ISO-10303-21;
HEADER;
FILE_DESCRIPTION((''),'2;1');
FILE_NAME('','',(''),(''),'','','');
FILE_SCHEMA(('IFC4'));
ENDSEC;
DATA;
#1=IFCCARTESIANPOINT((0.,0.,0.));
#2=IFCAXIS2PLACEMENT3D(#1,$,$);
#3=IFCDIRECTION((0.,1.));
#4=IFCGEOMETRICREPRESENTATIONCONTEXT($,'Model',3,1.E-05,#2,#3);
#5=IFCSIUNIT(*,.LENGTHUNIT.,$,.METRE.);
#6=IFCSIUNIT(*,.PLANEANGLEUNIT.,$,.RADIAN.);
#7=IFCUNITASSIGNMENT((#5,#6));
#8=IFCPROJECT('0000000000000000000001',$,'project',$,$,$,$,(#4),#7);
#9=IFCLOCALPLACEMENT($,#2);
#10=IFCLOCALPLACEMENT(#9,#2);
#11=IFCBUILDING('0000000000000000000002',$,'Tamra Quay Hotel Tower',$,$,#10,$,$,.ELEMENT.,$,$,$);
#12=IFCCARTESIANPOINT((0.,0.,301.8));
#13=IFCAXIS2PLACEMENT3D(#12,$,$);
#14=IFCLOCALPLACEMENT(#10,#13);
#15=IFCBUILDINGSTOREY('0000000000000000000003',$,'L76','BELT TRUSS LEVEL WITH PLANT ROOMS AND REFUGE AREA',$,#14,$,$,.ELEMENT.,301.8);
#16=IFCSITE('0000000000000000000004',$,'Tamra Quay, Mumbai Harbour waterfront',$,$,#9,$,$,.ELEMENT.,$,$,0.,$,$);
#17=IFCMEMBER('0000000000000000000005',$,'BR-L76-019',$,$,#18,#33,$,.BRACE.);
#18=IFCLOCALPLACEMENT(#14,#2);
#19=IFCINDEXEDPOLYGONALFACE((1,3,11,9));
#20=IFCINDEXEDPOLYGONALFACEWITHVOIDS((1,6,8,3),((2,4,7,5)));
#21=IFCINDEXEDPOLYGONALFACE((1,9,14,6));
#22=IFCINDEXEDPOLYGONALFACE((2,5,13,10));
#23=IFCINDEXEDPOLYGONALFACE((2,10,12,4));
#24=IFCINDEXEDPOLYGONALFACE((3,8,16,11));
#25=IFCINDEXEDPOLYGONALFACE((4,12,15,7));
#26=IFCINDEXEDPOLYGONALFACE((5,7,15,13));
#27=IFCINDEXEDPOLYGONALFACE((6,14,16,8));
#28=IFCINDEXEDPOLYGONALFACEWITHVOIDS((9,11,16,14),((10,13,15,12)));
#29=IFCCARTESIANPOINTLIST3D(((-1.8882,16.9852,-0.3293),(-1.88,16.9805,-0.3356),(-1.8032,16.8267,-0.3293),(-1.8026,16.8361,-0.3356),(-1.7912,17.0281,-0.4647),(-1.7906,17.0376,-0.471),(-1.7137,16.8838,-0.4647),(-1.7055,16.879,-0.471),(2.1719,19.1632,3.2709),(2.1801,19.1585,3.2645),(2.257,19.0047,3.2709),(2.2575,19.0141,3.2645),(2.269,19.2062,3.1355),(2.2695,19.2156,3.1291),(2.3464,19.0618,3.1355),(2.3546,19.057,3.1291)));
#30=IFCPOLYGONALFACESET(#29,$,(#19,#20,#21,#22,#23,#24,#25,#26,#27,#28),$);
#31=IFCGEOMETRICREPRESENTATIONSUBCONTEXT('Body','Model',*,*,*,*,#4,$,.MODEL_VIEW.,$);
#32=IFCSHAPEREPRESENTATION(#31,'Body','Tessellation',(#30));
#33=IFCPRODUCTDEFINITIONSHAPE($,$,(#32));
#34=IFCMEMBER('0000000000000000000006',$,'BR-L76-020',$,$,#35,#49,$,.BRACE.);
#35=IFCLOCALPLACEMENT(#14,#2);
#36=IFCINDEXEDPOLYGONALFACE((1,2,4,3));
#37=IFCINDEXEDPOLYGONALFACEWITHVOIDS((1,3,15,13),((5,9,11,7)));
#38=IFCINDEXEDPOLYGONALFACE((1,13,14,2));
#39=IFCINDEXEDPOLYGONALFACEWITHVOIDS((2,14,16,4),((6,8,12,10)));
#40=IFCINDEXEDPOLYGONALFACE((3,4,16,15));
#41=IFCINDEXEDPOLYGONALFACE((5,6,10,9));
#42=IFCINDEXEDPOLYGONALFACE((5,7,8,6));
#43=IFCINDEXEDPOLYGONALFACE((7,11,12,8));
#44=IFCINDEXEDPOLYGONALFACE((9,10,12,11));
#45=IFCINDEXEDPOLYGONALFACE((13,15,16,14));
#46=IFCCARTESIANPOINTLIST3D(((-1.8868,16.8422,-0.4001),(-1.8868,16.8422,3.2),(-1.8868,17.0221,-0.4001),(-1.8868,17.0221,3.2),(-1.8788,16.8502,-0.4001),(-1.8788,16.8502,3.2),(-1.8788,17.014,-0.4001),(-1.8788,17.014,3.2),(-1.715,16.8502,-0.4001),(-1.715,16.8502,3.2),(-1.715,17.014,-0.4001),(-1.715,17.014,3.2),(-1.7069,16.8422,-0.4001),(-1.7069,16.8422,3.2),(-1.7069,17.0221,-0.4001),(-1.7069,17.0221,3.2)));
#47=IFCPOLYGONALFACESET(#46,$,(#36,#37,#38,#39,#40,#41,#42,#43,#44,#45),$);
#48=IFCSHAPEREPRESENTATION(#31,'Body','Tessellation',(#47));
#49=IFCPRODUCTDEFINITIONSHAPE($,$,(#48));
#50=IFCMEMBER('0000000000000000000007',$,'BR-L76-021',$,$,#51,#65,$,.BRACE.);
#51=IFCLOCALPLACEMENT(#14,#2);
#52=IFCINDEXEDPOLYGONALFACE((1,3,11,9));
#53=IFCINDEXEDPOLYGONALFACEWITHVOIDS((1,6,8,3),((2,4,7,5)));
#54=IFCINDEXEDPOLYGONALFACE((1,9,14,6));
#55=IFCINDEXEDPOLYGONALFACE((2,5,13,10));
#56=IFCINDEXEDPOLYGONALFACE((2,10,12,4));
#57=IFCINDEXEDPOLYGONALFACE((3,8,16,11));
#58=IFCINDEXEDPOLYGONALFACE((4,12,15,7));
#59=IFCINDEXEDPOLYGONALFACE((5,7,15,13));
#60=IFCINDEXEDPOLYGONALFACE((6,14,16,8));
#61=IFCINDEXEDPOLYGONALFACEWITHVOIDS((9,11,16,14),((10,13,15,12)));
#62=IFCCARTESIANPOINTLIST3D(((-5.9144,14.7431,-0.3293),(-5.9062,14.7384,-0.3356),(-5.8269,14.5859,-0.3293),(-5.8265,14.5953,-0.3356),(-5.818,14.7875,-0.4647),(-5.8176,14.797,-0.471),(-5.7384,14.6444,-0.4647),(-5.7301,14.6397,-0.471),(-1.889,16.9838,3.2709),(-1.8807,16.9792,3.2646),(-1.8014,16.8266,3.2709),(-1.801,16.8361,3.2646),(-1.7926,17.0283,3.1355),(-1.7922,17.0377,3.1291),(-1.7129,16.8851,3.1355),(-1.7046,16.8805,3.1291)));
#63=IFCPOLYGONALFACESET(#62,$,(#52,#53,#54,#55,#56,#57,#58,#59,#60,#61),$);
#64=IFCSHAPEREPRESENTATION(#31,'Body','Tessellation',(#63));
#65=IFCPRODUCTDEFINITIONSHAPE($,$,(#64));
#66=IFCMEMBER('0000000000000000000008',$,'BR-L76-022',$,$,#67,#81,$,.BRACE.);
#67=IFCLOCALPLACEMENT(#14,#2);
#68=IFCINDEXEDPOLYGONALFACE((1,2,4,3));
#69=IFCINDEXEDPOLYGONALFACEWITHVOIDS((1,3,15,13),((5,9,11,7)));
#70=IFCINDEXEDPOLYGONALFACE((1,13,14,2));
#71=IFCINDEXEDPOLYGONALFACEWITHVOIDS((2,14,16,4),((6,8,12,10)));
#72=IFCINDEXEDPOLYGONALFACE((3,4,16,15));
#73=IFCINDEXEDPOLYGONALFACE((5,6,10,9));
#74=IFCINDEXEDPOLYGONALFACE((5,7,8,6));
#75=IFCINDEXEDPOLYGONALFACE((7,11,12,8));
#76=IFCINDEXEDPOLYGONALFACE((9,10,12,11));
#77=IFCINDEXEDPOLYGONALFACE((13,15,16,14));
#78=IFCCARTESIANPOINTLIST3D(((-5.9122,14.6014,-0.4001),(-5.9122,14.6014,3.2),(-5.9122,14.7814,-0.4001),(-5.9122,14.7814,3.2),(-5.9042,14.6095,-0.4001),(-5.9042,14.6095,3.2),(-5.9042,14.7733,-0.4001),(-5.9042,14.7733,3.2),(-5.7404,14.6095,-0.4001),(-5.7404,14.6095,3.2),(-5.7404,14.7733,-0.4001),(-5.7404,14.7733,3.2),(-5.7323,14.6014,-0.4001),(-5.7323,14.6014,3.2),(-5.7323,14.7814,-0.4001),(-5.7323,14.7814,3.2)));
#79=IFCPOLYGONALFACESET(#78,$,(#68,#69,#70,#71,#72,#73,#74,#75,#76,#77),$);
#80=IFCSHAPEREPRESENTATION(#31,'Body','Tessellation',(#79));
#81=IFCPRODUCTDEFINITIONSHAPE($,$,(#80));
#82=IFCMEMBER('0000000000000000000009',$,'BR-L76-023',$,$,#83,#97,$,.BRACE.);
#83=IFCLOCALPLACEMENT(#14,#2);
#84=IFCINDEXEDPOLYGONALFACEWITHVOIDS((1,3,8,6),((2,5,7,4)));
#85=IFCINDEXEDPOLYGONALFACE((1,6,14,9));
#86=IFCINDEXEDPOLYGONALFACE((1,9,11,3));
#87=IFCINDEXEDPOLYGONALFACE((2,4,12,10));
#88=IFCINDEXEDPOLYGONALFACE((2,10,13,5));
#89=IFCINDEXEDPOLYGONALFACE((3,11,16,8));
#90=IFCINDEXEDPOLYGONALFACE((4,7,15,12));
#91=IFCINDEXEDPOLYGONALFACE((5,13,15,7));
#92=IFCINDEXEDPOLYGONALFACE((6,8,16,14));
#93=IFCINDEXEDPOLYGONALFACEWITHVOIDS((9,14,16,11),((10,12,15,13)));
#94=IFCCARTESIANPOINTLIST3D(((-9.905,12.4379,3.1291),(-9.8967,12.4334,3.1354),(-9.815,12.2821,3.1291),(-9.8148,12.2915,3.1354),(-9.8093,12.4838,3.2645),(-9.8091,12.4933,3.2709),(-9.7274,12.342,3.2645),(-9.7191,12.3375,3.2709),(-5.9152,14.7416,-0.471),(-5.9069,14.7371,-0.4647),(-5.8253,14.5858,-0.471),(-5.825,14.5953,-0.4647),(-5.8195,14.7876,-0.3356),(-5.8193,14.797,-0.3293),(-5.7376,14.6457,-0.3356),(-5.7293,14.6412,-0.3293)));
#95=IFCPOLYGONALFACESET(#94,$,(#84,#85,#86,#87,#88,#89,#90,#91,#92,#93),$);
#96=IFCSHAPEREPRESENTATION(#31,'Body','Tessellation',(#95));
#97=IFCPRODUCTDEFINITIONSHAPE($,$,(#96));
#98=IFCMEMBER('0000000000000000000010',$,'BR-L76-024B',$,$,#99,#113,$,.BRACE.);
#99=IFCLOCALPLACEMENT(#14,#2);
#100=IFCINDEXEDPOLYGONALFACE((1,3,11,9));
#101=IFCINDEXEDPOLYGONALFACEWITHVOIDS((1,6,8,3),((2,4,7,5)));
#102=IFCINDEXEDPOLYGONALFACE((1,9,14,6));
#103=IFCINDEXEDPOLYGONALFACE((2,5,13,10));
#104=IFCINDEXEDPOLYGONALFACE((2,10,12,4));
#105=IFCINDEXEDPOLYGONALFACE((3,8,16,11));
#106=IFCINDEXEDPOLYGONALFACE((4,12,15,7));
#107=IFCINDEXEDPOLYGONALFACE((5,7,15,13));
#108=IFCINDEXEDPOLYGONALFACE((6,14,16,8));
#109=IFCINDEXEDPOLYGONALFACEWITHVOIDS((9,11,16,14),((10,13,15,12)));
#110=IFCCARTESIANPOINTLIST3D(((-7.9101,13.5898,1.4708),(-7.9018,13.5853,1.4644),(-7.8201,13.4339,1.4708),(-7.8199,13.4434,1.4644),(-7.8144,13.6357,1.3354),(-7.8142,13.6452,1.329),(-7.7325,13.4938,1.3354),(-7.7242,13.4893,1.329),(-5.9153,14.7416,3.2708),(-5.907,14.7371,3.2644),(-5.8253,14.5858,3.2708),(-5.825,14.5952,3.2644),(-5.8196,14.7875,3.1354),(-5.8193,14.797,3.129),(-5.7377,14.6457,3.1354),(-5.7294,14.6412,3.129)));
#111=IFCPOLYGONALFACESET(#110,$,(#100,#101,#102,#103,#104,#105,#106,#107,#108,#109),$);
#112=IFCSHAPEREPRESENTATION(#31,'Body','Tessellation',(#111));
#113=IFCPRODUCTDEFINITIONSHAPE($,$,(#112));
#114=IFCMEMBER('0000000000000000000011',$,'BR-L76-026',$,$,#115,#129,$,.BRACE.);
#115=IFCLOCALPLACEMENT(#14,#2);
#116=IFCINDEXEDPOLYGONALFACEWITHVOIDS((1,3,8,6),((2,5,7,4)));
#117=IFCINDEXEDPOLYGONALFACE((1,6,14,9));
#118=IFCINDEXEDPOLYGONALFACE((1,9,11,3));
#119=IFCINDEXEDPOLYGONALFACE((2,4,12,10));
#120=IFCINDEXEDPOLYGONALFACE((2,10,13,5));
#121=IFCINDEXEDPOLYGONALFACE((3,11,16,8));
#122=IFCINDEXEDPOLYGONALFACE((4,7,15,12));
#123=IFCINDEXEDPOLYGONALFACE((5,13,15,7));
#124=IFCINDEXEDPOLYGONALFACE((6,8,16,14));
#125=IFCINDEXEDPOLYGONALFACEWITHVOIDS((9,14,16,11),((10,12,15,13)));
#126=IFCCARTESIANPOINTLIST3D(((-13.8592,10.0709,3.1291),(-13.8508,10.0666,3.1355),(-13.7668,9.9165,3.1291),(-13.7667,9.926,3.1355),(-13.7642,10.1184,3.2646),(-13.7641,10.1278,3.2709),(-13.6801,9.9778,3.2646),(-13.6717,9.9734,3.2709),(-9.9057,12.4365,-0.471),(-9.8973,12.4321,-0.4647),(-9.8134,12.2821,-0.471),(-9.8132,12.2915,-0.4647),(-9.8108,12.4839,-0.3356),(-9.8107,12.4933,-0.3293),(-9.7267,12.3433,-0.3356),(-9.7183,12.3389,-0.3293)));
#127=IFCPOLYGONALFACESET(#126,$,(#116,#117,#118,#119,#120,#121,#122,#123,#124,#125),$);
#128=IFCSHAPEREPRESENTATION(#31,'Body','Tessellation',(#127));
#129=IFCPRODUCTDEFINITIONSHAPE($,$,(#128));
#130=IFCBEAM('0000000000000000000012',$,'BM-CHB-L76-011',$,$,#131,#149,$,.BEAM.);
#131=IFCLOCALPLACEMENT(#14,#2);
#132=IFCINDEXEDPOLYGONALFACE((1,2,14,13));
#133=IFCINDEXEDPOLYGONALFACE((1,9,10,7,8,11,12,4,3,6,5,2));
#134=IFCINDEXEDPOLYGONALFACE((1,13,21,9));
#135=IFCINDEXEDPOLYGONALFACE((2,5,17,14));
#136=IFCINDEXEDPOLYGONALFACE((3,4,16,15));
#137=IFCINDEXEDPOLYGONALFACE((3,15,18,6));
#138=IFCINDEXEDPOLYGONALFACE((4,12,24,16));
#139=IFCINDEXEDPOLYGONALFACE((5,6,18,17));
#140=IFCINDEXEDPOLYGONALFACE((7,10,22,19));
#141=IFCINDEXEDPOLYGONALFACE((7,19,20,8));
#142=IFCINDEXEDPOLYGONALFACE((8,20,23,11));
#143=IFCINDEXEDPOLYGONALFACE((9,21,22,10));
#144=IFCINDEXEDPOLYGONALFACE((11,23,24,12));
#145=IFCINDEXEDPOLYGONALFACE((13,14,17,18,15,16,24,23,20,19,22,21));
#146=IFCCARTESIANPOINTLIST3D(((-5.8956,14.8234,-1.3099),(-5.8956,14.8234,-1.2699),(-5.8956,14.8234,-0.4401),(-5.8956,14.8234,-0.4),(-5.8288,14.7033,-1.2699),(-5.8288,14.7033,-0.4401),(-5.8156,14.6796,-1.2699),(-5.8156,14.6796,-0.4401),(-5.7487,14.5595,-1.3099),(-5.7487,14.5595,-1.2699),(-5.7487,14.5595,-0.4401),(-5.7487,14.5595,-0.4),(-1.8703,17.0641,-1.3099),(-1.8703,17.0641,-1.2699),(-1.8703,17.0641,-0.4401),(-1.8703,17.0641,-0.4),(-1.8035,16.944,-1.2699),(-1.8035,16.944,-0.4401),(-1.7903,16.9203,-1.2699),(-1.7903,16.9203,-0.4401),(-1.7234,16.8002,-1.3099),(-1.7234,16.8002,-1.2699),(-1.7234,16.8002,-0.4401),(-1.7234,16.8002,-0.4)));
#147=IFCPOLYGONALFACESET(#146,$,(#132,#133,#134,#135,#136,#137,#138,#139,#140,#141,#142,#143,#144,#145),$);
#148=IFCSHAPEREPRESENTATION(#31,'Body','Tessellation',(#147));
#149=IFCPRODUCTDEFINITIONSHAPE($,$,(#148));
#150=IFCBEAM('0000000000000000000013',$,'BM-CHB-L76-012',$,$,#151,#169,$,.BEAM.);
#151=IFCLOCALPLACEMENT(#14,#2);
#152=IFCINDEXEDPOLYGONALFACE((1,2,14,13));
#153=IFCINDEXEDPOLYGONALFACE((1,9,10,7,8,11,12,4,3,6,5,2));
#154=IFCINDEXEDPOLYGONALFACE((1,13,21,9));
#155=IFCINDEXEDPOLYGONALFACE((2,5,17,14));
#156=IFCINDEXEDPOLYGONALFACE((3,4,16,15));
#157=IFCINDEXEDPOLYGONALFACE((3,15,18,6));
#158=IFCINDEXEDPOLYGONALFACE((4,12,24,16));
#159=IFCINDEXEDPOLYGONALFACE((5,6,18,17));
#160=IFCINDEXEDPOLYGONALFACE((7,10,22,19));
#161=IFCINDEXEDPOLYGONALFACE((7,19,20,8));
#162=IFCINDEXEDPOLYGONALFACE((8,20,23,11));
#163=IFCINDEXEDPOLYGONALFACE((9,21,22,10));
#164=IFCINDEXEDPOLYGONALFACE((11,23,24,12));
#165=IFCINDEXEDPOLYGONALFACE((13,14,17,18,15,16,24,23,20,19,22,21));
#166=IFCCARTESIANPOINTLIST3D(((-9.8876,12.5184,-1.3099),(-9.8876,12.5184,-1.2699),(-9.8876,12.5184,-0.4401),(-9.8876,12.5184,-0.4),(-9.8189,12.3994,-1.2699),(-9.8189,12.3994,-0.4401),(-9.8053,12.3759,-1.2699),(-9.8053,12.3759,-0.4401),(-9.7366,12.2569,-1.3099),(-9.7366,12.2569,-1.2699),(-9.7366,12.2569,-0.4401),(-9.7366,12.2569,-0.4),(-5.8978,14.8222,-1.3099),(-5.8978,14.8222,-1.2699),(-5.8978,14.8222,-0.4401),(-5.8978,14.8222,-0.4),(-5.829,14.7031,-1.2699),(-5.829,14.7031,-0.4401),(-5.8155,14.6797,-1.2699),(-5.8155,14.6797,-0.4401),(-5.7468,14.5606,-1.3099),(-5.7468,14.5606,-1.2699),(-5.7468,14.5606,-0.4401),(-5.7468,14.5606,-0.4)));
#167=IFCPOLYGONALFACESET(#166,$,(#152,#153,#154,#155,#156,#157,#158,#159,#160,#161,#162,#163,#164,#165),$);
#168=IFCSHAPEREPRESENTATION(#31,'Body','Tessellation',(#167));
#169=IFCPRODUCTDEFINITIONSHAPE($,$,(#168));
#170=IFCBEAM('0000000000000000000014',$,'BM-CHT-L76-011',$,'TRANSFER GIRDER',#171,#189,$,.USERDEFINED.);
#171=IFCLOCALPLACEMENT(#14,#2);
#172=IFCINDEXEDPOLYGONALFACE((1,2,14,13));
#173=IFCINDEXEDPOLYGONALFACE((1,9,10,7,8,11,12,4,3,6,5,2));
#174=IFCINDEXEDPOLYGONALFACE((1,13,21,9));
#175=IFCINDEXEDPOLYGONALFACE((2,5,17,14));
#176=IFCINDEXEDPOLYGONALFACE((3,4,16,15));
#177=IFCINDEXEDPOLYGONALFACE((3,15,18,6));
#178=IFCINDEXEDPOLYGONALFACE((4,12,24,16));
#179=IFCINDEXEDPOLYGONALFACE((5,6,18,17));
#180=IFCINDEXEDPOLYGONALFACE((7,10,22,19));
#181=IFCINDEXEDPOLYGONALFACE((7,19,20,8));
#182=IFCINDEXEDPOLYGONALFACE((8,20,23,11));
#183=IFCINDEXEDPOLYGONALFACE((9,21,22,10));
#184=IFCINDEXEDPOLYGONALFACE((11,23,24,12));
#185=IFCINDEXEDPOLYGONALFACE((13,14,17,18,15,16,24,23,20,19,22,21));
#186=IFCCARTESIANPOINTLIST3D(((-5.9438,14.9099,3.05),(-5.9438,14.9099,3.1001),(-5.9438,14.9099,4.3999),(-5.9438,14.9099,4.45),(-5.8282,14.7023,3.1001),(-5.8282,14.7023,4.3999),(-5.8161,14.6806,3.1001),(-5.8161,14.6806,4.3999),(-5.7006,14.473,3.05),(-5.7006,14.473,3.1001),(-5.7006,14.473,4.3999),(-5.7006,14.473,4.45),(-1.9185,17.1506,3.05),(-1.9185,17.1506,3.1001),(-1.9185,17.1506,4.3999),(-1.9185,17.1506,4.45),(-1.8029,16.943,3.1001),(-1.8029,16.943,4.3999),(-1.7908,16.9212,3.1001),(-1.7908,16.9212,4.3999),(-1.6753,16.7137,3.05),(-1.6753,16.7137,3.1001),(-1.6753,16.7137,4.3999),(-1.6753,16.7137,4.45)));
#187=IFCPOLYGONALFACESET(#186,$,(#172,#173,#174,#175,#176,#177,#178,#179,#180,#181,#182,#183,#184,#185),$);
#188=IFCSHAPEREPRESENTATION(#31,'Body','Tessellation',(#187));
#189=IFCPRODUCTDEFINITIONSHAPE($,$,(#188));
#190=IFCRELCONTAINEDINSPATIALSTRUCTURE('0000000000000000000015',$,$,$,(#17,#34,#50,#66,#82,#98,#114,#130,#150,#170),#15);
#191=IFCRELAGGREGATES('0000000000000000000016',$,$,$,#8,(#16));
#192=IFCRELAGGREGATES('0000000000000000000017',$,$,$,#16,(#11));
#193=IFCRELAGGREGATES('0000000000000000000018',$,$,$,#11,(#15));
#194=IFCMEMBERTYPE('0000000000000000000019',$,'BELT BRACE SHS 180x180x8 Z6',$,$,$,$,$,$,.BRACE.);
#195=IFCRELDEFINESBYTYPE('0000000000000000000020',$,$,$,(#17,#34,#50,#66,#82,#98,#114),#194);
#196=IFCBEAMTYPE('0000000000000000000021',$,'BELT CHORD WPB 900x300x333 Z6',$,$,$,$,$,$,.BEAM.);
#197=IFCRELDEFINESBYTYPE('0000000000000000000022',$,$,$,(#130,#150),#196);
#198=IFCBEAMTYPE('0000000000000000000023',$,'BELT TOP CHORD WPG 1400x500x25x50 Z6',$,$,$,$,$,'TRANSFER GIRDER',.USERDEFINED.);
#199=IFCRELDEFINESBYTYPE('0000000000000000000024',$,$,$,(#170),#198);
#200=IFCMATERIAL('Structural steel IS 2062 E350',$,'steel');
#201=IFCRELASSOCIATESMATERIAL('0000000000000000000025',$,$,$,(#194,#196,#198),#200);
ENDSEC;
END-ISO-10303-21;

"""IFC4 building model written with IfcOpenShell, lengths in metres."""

from ifc_helpers import new_model, si_unit, direction, frame, origin, origin_2d, place, context, subcontext, project, spatial, hollow_rectangle, i_section, extrude, material, material_profile, profile_set, type_object, element, save


model = new_model("IFC4")

# Units and contexts
model_context = context("Model", 3, precision=1e-05, world=origin(), true_north=direction((0.0, 1.0)))
body_context = subcontext(model_context, "Body", "Model", "MODEL_VIEW")
ifc_project = project(units=[si_unit("LENGTHUNIT", "METRE"), si_unit("PLANEANGLEUNIT", "RADIAN")], contexts=[model_context])

# Site, building, storey
site_placement = place(None, origin())
site = spatial("IfcSite", under=ifc_project, at=site_placement, Name="Tamra Quay, Mumbai Harbour waterfront", CompositionType="ELEMENT", RefElevation=0.0)
building_placement = place(site_placement, origin())
building = spatial("IfcBuilding", under=site, at=building_placement, Name="Tamra Quay Hotel Tower", CompositionType="ELEMENT")
storey_placement = place(building_placement, frame((0.0, 0.0, 301.8)))
storey = spatial("IfcBuildingStorey", under=building, at=storey_placement, Name="L76", Description="BELT TRUSS LEVEL WITH PLANT ROOMS AND REFUGE AREA", CompositionType="ELEMENT", Elevation=301.8)

# Members
ifc_material_1 = material(Name="Structural steel IS 2062 E350", Category="steel")
ifc_material_profile_1 = material_profile(ifc_material_1, hollow_rectangle(XDim=0.1799, YDim=0.1799, WallThickness=0.0081, at=origin_2d()), Name="SHS 180x180x8")
ifc_profile_set_1 = profile_set([ifc_material_profile_1], Name="Structural steel IS 2062 E350")
member_type = type_object("IfcMemberType", Name="BELT BRACE SHS 180x180x8 Z6", PredefinedType="BRACE", material=ifc_profile_set_1)
member_1_placement = place(storey_placement, frame((-1.7969, 16.9321, -0.4001), z_axis=(0.694373, 0.37249, 0.615708), x_axis=(-0.472718, 0.881214, 0.0)))
element("IfcMember", 1, at=member_1_placement, inside=storey, type_object=member_type, Name="BR-L76-019", PredefinedType="BRACE", context=body_context, shape_type="SweptSolid", body=[
    extrude(hollow_rectangle(XDim=0.1799, YDim=0.1799, WallThickness=0.0081, at=origin_2d()), origin(), (0.0, 0.0, 1.0), 5.8472),
])
member_2_placement = place(storey_placement, frame((-1.7969, 16.9321, -0.4001), z_axis=(0.0, 0.0, 1.0), x_axis=(1.0, 0.0, 0.0)))
element("IfcMember", 2, at=member_2_placement, inside=storey, type_object=member_type, Name="BR-L76-020", PredefinedType="BRACE", context=body_context, shape_type="SweptSolid", body=[
    extrude(hollow_rectangle(XDim=0.1799, YDim=0.1799, WallThickness=0.0081, at=origin_2d()), origin(), (0.0, 0.0, 1.0), 3.6001),
])
member_3_placement = place(storey_placement, frame((-5.8223, 14.6914, -0.4001), z_axis=(0.688475, 0.383238, 0.615736), x_axis=(-0.486372, 0.873752, 0.0)))
element("IfcMember", 3, at=member_3_placement, inside=storey, type_object=member_type, Name="BR-L76-021", PredefinedType="BRACE", context=body_context, shape_type="SweptSolid", body=[
    extrude(hollow_rectangle(XDim=0.1799, YDim=0.1799, WallThickness=0.0081, at=origin_2d()), origin(), (0.0, 0.0, 1.0), 5.8469),
])
member_4_placement = place(storey_placement, frame((-5.8223, 14.6914, -0.4001), z_axis=(0.0, 0.0, 1.0), x_axis=(1.0, 0.0, 0.0)))
element("IfcMember", 4, at=member_4_placement, inside=storey, type_object=member_type, Name="BR-L76-022", PredefinedType="BRACE", context=body_context, shape_type="SweptSolid", body=[
    extrude(hollow_rectangle(XDim=0.1799, YDim=0.1799, WallThickness=0.0081, at=origin_2d()), origin(), (0.0, 0.0, 1.0), 3.6001),
])
member_5_placement = place(storey_placement, frame((-5.8223, 14.6914, -0.4001), z_axis=(-0.682373, -0.394008, 0.615731), x_axis=(0.500037, -0.866004, 0.0)))
element("IfcMember", 5, at=member_5_placement, inside=storey, type_object=member_type, Name="BR-L76-023", PredefinedType="BRACE", context=body_context, shape_type="SweptSolid", body=[
    extrude(hollow_rectangle(XDim=0.1799, YDim=0.1799, WallThickness=0.0081, at=origin_2d()), origin(), (0.0, 0.0, 1.0), 5.8469),
])
member_6_placement = place(storey_placement, frame((-7.8171, 13.5396, 1.3999), z_axis=(0.682373, 0.394008, 0.615731), x_axis=(-0.500037, 0.866004, 0.0)))
element("IfcMember", 6, at=member_6_placement, inside=storey, type_object=member_type, Name="BR-L76-024B", PredefinedType="BRACE", context=body_context, shape_type="SweptSolid", body=[
    extrude(hollow_rectangle(XDim=0.1799, YDim=0.1799, WallThickness=0.0081, at=origin_2d()), origin(), (0.0, 0.0, 1.0), 2.9233),
])
member_7_placement = place(storey_placement, frame((-9.812, 12.3877, -0.4001), z_axis=(-0.676157, -0.404575, 0.615736), x_axis=(0.513451, -0.858119, 0.0)))
element("IfcMember", 7, at=member_7_placement, inside=storey, type_object=member_type, Name="BR-L76-026", PredefinedType="BRACE", context=body_context, shape_type="SweptSolid", body=[
    extrude(hollow_rectangle(XDim=0.1799, YDim=0.1799, WallThickness=0.0081, at=origin_2d()), origin(), (0.0, 0.0, 1.0), 5.8469),
])

# Beams
ifc_material_profile_2 = material_profile(ifc_material_1, i_section(OverallWidth=0.302, OverallDepth=0.9099, WebThickness=0.0271, FlangeThickness=0.04, at=origin_2d()), Name="WPB 900x300x333")
ifc_profile_set_2 = profile_set([ifc_material_profile_2], Name="Structural steel IS 2062 E350")
beam_type_1 = type_object("IfcBeamType", Name="BELT CHORD WPB 900x300x333 Z6", PredefinedType="BEAM", material=ifc_profile_set_2)
beam_1_placement = place(storey_placement, frame((-1.7969, 16.9321, -0.855), z_axis=(-0.873752, -0.486372, 0.0), x_axis=(0.486372, -0.873752, 0.0)))
element("IfcBeam", 8, at=beam_1_placement, inside=storey, type_object=beam_type_1, Name="BM-CHB-L76-011", PredefinedType="BEAM", context=body_context, shape_type="SweptSolid", body=[
    extrude(i_section(OverallWidth=0.302, OverallDepth=0.9099, WebThickness=0.0271, FlangeThickness=0.04, at=origin_2d()), origin(), (0.0, 0.0, 1.0), 4.6069),
])
beam_2_placement = place(storey_placement, frame((-5.8223, 14.6914, -0.855), z_axis=(-0.866004, -0.500037, 0.0), x_axis=(0.500037, -0.866004, 0.0)))
element("IfcBeam", 9, at=beam_2_placement, inside=storey, type_object=beam_type_1, Name="BM-CHB-L76-012", PredefinedType="BEAM", context=body_context, shape_type="SweptSolid", body=[
    extrude(i_section(OverallWidth=0.302, OverallDepth=0.9099, WebThickness=0.0271, FlangeThickness=0.04, at=origin_2d()), origin(), (0.0, 0.0, 1.0), 4.6072),
])
ifc_material_profile_3 = material_profile(ifc_material_1, i_section(OverallWidth=0.5, OverallDepth=1.3999, WebThickness=0.0249, FlangeThickness=0.05, at=origin_2d()), Name="WPG 1400x500x25x50")
ifc_profile_set_3 = profile_set([ifc_material_profile_3], Name="Structural steel IS 2062 E350")
beam_type_2 = type_object("IfcBeamType", Name="BELT TOP CHORD WPG 1400x500x25x50 Z6", ElementType="TRANSFER GIRDER", PredefinedType="USERDEFINED", material=ifc_profile_set_3)
beam_3_placement = place(storey_placement, frame((-1.7969, 16.9321, 3.75), z_axis=(-0.873752, -0.486372, 0.0), x_axis=(0.486372, -0.873752, 0.0)))
element("IfcBeam", 10, at=beam_3_placement, inside=storey, type_object=beam_type_2, Name="BM-CHT-L76-011", ObjectType="TRANSFER GIRDER", PredefinedType="USERDEFINED", context=body_context, shape_type="SweptSolid", body=[
    extrude(i_section(OverallWidth=0.5, OverallDepth=1.3999, WebThickness=0.0249, FlangeThickness=0.05, at=origin_2d()), origin(), (0.0, 0.0, 1.0), 4.6069),
])

save(model, "model.ifc")
